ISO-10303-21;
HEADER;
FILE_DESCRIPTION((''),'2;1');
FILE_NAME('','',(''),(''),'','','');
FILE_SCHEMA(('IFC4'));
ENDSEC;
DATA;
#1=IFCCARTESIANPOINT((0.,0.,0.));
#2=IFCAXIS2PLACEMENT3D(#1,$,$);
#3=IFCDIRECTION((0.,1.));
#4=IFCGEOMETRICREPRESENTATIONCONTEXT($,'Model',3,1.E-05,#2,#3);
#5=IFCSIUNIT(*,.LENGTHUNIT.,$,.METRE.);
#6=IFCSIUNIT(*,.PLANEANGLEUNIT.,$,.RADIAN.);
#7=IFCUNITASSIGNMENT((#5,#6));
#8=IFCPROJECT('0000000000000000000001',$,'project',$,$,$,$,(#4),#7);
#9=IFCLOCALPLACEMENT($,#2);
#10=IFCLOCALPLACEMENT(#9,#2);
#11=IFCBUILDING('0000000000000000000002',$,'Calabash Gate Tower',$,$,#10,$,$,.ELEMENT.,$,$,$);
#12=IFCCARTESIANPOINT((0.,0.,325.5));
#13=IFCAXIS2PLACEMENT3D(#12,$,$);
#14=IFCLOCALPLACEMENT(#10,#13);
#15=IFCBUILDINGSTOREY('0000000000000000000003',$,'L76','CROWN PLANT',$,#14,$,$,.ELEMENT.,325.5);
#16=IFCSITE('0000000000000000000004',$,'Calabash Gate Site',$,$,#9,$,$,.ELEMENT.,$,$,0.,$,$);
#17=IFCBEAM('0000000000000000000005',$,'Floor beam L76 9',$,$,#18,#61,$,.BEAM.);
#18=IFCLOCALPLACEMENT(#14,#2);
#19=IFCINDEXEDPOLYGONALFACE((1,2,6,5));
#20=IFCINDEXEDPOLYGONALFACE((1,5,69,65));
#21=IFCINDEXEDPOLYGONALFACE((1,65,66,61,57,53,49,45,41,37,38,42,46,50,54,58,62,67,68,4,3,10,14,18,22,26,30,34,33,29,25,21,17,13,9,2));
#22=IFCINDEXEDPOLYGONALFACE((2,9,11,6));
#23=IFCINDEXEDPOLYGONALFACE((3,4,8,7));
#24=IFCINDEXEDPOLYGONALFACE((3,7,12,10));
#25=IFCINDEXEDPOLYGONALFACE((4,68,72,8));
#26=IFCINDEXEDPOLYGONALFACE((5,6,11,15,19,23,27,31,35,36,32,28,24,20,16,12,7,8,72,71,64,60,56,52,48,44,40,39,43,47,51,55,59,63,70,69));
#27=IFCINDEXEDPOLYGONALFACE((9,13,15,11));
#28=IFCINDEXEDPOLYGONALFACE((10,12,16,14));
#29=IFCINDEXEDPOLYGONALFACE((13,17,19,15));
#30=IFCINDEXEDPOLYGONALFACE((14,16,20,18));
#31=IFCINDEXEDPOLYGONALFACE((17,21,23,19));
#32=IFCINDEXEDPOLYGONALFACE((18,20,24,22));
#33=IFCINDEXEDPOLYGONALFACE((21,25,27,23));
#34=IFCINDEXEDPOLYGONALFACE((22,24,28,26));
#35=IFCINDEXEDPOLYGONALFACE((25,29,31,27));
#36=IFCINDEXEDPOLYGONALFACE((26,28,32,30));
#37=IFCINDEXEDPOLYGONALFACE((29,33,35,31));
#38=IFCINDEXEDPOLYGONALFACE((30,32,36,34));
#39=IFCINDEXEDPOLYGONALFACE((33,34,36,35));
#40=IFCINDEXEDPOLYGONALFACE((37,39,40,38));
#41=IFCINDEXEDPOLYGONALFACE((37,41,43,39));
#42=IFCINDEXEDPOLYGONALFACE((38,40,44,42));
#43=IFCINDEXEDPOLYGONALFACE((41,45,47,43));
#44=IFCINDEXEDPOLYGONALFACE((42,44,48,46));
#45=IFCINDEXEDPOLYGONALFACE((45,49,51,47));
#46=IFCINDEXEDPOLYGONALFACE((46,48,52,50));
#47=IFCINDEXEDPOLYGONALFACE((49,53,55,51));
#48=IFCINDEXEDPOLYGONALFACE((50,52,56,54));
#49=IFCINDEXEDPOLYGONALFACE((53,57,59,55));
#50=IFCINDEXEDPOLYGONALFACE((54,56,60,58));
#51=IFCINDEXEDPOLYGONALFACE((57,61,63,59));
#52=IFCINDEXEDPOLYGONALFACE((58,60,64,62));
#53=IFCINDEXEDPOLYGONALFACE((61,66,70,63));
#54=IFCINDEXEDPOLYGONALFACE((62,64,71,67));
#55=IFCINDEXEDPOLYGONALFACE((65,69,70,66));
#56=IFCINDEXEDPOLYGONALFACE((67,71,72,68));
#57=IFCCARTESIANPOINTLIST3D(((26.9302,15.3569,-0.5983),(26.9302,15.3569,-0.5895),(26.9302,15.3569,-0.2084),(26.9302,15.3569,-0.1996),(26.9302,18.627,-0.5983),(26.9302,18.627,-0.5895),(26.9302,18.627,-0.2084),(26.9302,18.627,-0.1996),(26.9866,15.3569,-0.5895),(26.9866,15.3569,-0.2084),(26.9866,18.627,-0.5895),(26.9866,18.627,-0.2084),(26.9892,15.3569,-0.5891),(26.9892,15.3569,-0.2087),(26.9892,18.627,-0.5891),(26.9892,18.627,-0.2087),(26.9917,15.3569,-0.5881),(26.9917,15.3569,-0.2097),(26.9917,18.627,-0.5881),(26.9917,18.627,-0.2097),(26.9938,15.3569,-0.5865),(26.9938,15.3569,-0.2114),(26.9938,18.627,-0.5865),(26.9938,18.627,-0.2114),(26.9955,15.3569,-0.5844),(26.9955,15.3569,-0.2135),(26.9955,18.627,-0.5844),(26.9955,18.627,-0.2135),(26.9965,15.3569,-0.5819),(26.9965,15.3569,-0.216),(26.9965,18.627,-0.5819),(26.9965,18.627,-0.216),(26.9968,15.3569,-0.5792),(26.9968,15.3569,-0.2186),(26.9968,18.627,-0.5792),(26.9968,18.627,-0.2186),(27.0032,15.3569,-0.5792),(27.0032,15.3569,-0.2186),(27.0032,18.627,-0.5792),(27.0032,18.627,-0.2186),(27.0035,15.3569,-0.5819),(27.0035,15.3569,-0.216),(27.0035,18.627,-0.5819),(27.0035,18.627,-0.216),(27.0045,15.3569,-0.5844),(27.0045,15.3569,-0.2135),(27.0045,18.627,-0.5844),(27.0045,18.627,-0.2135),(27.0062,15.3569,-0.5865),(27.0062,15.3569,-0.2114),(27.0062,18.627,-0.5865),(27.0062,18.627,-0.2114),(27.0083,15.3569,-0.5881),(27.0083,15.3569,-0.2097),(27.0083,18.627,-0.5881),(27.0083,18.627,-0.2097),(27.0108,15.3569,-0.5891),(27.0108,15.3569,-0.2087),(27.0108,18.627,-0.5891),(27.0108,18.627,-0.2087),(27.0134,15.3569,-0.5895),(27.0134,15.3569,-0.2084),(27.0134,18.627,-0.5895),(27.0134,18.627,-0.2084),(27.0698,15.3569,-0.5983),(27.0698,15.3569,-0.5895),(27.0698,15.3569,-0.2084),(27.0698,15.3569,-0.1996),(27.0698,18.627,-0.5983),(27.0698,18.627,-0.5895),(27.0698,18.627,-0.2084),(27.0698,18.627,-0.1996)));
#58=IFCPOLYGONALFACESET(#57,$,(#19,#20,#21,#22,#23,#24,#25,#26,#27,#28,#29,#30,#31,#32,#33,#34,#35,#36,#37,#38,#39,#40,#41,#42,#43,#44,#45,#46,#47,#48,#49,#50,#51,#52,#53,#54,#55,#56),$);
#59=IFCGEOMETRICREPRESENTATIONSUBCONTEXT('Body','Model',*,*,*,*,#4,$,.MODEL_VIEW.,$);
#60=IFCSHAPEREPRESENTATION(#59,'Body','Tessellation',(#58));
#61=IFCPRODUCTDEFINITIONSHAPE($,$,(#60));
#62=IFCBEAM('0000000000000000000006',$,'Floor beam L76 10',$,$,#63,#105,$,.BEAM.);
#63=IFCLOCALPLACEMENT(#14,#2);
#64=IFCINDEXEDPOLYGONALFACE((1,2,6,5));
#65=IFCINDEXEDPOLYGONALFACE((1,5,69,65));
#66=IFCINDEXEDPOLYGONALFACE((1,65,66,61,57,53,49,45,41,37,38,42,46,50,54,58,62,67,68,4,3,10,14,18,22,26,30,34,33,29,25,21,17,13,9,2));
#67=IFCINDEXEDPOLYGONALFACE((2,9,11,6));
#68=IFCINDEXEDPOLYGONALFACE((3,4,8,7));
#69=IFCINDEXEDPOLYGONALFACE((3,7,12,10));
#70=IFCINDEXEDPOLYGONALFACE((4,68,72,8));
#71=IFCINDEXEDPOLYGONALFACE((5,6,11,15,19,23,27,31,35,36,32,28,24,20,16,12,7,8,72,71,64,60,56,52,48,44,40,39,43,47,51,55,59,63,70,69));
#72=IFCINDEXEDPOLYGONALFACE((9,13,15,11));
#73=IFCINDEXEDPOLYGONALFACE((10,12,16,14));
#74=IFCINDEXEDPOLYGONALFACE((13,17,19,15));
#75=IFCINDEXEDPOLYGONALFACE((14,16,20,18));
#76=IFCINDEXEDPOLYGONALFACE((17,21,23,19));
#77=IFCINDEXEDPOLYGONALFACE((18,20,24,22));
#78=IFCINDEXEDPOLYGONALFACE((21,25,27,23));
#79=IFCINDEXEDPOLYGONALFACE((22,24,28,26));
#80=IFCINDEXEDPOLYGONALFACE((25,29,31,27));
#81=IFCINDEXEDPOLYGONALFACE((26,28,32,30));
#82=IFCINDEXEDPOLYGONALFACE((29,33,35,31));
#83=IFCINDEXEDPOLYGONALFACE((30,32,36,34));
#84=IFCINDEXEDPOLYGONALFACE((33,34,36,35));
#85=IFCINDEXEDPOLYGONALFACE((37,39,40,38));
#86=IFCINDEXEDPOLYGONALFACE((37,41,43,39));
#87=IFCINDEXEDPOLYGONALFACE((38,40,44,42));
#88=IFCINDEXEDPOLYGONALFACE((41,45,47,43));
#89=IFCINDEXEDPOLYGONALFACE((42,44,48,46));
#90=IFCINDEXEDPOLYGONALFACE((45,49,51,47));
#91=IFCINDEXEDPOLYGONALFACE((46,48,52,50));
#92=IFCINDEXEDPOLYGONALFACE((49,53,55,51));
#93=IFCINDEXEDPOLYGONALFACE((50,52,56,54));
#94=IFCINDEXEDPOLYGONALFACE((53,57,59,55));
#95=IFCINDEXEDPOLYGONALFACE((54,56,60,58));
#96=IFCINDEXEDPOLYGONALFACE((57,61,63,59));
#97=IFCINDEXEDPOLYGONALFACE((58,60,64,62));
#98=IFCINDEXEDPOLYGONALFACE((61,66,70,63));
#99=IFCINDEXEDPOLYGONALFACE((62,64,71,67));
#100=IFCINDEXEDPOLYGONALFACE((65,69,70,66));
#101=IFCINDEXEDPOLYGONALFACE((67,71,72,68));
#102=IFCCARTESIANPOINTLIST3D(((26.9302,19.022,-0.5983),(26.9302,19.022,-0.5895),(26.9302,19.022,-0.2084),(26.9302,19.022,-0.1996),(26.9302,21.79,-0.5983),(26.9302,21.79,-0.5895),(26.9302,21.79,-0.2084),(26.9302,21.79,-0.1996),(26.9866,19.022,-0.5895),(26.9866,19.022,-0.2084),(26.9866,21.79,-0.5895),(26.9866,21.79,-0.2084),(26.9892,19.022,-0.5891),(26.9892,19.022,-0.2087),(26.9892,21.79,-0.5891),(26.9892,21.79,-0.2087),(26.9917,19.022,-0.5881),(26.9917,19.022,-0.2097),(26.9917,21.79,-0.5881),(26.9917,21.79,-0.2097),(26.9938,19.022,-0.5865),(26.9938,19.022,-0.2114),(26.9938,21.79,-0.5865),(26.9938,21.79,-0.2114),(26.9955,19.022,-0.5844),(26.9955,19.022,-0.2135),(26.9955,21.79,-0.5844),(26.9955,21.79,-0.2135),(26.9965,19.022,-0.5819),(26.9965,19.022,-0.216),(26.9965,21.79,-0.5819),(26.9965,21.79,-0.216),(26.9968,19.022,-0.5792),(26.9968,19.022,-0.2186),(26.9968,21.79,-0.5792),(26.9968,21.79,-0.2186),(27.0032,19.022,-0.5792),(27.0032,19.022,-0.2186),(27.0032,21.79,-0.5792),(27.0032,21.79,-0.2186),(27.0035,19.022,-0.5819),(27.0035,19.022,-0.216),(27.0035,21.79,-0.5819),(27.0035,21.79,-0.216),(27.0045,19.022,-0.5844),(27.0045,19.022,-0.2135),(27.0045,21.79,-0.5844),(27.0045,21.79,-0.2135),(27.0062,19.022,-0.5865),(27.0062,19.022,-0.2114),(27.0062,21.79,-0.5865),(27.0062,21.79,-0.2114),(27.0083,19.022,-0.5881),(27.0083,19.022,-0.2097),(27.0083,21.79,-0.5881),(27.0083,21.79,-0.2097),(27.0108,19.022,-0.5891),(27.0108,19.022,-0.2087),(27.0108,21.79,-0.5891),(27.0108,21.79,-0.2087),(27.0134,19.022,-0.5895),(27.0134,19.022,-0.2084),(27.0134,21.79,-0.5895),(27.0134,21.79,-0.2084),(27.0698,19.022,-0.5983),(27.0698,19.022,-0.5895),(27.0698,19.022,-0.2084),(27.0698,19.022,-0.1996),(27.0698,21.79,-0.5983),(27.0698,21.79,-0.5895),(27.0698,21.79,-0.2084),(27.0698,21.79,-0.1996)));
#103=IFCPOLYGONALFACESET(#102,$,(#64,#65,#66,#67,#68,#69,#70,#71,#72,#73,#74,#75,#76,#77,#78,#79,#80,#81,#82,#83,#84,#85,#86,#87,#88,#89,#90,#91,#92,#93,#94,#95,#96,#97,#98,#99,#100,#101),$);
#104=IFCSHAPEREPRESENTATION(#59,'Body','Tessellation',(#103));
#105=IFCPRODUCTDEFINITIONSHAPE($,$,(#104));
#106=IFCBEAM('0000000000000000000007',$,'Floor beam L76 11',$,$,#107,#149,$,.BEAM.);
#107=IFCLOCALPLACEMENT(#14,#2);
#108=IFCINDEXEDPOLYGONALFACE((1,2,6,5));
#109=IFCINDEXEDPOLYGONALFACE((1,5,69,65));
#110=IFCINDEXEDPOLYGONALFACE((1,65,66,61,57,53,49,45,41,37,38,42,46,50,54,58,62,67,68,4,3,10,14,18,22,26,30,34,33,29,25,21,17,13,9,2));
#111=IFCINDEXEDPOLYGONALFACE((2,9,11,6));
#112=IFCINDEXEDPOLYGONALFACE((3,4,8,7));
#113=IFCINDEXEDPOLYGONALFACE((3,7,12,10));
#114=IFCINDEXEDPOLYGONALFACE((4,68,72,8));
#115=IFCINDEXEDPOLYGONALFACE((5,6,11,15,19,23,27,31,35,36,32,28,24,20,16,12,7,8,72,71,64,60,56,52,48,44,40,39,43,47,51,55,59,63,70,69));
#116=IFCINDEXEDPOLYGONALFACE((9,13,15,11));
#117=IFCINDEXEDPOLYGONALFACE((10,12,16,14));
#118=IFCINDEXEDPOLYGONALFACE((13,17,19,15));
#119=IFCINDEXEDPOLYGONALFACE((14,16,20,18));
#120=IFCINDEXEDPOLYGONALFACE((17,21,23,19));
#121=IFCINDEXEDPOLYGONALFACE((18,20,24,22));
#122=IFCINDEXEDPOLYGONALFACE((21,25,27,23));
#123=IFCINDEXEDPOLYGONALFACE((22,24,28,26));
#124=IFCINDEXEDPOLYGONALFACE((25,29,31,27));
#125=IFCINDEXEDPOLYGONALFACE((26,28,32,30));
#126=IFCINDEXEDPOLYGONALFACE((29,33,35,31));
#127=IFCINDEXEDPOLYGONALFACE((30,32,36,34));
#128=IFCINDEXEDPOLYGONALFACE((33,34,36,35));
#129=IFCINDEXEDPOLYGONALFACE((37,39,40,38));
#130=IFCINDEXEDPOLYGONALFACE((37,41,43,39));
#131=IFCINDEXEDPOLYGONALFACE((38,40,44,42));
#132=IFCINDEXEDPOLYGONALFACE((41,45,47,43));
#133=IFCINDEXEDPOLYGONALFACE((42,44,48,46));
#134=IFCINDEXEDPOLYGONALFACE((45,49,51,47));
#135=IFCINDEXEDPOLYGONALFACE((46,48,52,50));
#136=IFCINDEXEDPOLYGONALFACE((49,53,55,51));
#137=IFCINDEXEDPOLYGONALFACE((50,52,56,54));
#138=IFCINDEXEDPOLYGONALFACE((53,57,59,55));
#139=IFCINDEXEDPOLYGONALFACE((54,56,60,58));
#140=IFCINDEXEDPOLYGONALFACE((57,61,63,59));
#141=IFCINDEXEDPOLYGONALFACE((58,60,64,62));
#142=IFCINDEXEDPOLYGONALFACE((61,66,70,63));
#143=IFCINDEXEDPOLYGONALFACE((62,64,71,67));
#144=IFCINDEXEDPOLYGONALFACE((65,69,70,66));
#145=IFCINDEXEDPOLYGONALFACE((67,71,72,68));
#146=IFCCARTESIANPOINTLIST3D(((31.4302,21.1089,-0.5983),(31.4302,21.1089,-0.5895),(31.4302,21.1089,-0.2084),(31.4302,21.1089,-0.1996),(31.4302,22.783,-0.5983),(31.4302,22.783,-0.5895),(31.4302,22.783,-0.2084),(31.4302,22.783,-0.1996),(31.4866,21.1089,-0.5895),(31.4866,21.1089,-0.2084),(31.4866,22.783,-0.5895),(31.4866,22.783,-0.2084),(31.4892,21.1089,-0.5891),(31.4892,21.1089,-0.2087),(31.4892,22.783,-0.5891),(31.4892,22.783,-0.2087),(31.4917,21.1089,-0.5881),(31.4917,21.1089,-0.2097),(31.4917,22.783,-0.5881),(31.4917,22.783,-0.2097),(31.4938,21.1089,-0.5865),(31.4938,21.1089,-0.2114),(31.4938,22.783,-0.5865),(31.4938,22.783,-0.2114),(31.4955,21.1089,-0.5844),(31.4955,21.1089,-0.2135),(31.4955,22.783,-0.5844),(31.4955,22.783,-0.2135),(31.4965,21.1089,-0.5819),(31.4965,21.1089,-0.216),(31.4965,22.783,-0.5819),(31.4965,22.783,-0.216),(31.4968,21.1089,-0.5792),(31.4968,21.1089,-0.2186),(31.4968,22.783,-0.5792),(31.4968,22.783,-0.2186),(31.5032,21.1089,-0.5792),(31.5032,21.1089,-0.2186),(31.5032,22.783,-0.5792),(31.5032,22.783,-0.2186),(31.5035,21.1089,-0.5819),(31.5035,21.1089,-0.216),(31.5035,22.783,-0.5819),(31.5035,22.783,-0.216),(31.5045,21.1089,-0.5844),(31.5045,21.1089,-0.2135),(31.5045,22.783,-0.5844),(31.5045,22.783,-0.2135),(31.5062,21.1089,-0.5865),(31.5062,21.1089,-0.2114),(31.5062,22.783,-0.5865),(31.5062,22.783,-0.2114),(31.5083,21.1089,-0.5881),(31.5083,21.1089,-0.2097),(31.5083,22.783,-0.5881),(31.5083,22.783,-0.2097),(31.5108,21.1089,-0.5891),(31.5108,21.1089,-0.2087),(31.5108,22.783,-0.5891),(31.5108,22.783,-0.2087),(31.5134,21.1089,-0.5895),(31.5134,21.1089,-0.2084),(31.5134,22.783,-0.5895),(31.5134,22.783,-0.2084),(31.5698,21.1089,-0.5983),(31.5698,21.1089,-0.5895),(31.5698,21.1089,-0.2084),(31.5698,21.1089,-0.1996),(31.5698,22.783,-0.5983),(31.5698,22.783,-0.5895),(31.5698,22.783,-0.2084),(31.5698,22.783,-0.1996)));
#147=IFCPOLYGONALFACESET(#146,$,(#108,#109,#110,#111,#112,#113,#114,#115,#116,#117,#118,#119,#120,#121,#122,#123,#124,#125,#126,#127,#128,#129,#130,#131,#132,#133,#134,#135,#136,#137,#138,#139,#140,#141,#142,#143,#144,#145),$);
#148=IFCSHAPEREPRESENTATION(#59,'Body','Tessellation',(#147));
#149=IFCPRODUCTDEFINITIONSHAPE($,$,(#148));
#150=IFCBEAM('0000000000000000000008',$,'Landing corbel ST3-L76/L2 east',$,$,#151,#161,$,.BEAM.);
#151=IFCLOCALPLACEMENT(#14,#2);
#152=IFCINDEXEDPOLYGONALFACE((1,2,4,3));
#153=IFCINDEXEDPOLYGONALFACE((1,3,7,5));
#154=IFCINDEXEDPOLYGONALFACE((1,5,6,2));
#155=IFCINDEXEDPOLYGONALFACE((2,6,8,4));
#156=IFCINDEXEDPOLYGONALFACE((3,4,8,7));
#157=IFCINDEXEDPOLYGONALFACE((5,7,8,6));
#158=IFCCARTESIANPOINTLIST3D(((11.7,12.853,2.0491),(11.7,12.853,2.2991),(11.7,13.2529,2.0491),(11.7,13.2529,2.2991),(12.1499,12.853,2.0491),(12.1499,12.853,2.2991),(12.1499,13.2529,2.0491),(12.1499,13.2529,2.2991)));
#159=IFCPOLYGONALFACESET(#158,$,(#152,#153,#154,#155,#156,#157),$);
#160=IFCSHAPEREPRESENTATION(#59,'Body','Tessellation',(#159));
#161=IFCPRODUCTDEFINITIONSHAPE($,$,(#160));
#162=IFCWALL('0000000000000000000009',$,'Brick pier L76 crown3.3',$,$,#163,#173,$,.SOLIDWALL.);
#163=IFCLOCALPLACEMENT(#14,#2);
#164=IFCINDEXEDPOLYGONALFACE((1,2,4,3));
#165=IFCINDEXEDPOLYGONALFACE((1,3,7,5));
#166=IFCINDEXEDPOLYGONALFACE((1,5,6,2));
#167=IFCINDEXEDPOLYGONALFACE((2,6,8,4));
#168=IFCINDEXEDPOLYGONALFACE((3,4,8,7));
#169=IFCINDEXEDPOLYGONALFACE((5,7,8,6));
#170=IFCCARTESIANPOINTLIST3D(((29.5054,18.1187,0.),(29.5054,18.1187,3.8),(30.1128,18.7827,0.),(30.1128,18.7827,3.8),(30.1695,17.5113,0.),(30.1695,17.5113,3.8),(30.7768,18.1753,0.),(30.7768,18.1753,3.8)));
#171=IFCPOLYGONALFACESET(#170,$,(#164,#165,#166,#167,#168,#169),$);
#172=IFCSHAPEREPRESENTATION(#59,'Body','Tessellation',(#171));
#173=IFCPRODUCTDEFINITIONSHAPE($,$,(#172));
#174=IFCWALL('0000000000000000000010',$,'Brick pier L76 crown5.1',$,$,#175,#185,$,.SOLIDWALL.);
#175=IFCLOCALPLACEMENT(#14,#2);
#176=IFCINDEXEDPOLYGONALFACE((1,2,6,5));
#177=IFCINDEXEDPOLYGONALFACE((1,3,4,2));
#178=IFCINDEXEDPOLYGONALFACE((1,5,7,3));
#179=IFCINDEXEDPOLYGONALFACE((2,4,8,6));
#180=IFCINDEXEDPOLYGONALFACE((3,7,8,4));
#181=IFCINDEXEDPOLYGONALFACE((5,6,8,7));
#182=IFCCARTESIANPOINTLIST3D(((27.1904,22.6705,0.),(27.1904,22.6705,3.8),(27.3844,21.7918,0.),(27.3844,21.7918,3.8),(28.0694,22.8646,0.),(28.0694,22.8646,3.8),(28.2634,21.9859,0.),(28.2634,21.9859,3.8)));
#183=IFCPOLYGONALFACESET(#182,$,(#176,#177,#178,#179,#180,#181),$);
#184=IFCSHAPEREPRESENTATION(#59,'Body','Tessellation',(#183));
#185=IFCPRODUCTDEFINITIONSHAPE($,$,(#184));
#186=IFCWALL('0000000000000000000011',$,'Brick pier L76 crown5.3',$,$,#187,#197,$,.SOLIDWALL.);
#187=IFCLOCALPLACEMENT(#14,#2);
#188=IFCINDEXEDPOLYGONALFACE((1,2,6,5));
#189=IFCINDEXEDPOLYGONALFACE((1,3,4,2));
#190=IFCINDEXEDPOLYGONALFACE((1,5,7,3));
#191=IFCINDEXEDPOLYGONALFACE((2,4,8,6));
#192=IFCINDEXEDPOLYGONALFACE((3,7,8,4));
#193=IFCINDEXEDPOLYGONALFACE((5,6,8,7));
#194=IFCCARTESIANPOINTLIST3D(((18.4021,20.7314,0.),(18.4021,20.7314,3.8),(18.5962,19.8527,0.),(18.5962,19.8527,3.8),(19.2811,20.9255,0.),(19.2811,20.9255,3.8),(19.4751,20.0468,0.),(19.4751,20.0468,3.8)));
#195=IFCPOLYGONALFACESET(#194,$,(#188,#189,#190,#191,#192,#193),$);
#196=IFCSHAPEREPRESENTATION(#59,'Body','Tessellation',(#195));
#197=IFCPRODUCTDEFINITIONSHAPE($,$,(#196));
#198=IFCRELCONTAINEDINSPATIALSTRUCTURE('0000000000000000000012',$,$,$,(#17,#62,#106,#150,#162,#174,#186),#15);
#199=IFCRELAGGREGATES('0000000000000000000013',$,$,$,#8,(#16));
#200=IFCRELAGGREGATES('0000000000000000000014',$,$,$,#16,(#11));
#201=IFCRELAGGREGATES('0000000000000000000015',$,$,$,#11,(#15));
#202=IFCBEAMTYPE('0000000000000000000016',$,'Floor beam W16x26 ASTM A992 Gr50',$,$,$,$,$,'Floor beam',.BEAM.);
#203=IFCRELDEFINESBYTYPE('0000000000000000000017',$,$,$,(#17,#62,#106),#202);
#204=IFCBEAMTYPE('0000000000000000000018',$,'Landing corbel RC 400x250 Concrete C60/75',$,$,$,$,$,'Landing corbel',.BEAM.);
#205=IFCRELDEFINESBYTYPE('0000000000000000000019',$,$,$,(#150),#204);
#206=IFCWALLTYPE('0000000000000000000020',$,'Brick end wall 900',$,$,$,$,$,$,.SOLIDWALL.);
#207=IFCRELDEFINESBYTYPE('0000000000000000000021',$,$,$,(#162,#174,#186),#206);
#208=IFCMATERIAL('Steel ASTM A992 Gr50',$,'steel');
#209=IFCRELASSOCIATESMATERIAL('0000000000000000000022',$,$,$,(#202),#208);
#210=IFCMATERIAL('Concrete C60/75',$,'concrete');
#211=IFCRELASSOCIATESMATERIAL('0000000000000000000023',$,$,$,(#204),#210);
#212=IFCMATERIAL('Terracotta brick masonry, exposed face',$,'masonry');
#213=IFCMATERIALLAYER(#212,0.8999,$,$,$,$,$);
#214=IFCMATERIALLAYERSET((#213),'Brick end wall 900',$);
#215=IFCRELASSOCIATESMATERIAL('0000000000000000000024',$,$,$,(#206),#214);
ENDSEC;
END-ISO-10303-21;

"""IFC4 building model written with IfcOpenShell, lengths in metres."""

from ifc_helpers import new_model, si_unit, direction, frame, frame_2d, origin, origin_2d, place, context, subcontext, project, spatial, rectangle, i_section, extrude, material, layer, layer_set, material_profile, profile_set, type_object, element, save


model = new_model("IFC4")

# Units and contexts
model_context = context("Model", 3, precision=1e-05, world=origin(), true_north=direction((0.0, 1.0)))
body_context = subcontext(model_context, "Body", "Model", "MODEL_VIEW")
ifc_project = project(units=[si_unit("LENGTHUNIT", "METRE"), si_unit("PLANEANGLEUNIT", "RADIAN")], contexts=[model_context])

# Site, building, storey
site_placement = place(None, origin())
site = spatial("IfcSite", under=ifc_project, at=site_placement, Name="Calabash Gate Site", CompositionType="ELEMENT", RefElevation=0.0)
building_placement = place(site_placement, origin())
building = spatial("IfcBuilding", under=site, at=building_placement, Name="Calabash Gate Tower", CompositionType="ELEMENT")
storey_placement = place(building_placement, frame((0.0, 0.0, 325.5)))
storey = spatial("IfcBuildingStorey", under=building, at=storey_placement, Name="L76", Description="CROWN PLANT", CompositionType="ELEMENT", Elevation=325.5)

# Beams
ifc_material_1 = material(Name="Steel ASTM A992 Gr50", Category="steel")
ifc_material_profile_1 = material_profile(ifc_material_1, i_section(OverallWidth=0.1396, OverallDepth=0.3987, WebThickness=0.0063, FlangeThickness=0.0088, FilletRadius=0.0103, at=origin_2d()))
ifc_profile_set_1 = profile_set([ifc_material_profile_1], Name="Steel ASTM A992 Gr50")
beam_type_1 = type_object("IfcBeamType", Name="Floor beam W16x26 ASTM A992 Gr50", ElementType="Floor beam", PredefinedType="BEAM", material=ifc_profile_set_1)
beam_1_placement = place(storey_placement, frame((27.0, 15.3569, -0.3989), z_axis=(0.0, 1.0, 0.0), x_axis=(-1.0, 0.0, 0.0)))
element("IfcBeam", 1, at=beam_1_placement, inside=storey, type_object=beam_type_1, Name="Floor beam L76 9", PredefinedType="BEAM", context=body_context, shape_type="SweptSolid", body=[
    extrude(i_section(OverallWidth=0.1396, OverallDepth=0.3987, WebThickness=0.0063, FlangeThickness=0.0088, FilletRadius=0.0103, at=origin_2d()), origin(), (0.0, 0.0, 1.0), 3.27),
])
beam_2_placement = place(storey_placement, frame((27.0, 19.022, -0.3989), z_axis=(0.0, 1.0, 0.0), x_axis=(-1.0, 0.0, 0.0)))
element("IfcBeam", 2, at=beam_2_placement, inside=storey, type_object=beam_type_1, Name="Floor beam L76 10", PredefinedType="BEAM", context=body_context, shape_type="SweptSolid", body=[
    extrude(i_section(OverallWidth=0.1396, OverallDepth=0.3987, WebThickness=0.0063, FlangeThickness=0.0088, FilletRadius=0.0103, at=origin_2d()), origin(), (0.0, 0.0, 1.0), 2.7681),
])
beam_3_placement = place(storey_placement, frame((31.5, 21.1089, -0.3989), z_axis=(0.0, 1.0, 0.0), x_axis=(-1.0, 0.0, 0.0)))
element("IfcBeam", 3, at=beam_3_placement, inside=storey, type_object=beam_type_1, Name="Floor beam L76 11", PredefinedType="BEAM", context=body_context, shape_type="SweptSolid", body=[
    extrude(i_section(OverallWidth=0.1396, OverallDepth=0.3987, WebThickness=0.0063, FlangeThickness=0.0088, FilletRadius=0.0103, at=origin_2d()), origin(), (0.0, 0.0, 1.0), 1.6741),
])
ifc_material_2 = material(Name="Concrete C60/75", Category="concrete")
ifc_material_profile_2 = material_profile(ifc_material_2, rectangle(XDim=0.3999, YDim=0.25, at=origin_2d()))
ifc_profile_set_2 = profile_set([ifc_material_profile_2], Name="Concrete C60/75")
beam_type_2 = type_object("IfcBeamType", Name="Landing corbel RC 400x250 Concrete C60/75", ElementType="Landing corbel", PredefinedType="BEAM", material=ifc_profile_set_2)
beam_4_placement = place(storey_placement, frame((12.1499, 13.053, 2.1741), z_axis=(-1.0, 0.0, 0.0), x_axis=(0.0, -1.0, 0.0)))
element("IfcBeam", 4, at=beam_4_placement, inside=storey, type_object=beam_type_2, Name="Landing corbel ST3-L76/L2 east", PredefinedType="BEAM", context=body_context, shape_type="SweptSolid", body=[
    extrude(rectangle(XDim=0.3999, YDim=0.25, at=origin_2d()), origin(), (0.0, 0.0, 1.0), 0.45),
])

# Walls
ifc_material_3 = material(Name="Terracotta brick masonry, exposed face", Category="masonry")
ifc_layer_1 = layer(ifc_material_3, 0.8999)
ifc_layer_set_1 = layer_set([ifc_layer_1], Name="Brick end wall 900")
wall_type_1 = type_object("IfcWallType", Name="Brick end wall 900", PredefinedType="SOLIDWALL", material=ifc_layer_set_1)
wall_1_placement = place(storey_placement, frame((30.4448, 18.479, 0.0), z_axis=(0.0, 0.0, 1.0), x_axis=(-0.674938, -0.737874, 0.0)))
element("IfcWall", 5, at=wall_1_placement, inside=storey, type_object=wall_type_1, Name="Brick pier L76 crown3.3", PredefinedType="SOLIDWALL", context=body_context, shape_type="SweptSolid", body=[
    extrude(rectangle(XDim=0.8999, YDim=0.8999, at=frame_2d((0.45, 0.0))), origin(), (0.0, 0.0, 1.0), 3.8),
])
for number, where, z_axis, x_axis, name in (
    (6, (28.1665, 22.4253, 0.0), (0.0, 0.0, 1.0), (-0.976473, -0.215638, 0.0), "Brick pier L76 crown5.1"),
    (7, (18.499, 20.292, 0.0), (0.0, 0.0, 1.0), (0.976473, 0.215638, 0.0), "Brick pier L76 crown5.3"),
):
    element("IfcWall", number, at=place(storey_placement, frame(where, z_axis=z_axis, x_axis=x_axis)), inside=storey, type_object=wall_type_1, Name=name, PredefinedType="SOLIDWALL", context=body_context, shape_type="SweptSolid", body=[
        extrude(rectangle(XDim=0.9001, YDim=0.8999, at=frame_2d((0.4502, 0.0))), origin(), (0.0, 0.0, 1.0), 3.8),
    ])

save(model, "model.ifc")
